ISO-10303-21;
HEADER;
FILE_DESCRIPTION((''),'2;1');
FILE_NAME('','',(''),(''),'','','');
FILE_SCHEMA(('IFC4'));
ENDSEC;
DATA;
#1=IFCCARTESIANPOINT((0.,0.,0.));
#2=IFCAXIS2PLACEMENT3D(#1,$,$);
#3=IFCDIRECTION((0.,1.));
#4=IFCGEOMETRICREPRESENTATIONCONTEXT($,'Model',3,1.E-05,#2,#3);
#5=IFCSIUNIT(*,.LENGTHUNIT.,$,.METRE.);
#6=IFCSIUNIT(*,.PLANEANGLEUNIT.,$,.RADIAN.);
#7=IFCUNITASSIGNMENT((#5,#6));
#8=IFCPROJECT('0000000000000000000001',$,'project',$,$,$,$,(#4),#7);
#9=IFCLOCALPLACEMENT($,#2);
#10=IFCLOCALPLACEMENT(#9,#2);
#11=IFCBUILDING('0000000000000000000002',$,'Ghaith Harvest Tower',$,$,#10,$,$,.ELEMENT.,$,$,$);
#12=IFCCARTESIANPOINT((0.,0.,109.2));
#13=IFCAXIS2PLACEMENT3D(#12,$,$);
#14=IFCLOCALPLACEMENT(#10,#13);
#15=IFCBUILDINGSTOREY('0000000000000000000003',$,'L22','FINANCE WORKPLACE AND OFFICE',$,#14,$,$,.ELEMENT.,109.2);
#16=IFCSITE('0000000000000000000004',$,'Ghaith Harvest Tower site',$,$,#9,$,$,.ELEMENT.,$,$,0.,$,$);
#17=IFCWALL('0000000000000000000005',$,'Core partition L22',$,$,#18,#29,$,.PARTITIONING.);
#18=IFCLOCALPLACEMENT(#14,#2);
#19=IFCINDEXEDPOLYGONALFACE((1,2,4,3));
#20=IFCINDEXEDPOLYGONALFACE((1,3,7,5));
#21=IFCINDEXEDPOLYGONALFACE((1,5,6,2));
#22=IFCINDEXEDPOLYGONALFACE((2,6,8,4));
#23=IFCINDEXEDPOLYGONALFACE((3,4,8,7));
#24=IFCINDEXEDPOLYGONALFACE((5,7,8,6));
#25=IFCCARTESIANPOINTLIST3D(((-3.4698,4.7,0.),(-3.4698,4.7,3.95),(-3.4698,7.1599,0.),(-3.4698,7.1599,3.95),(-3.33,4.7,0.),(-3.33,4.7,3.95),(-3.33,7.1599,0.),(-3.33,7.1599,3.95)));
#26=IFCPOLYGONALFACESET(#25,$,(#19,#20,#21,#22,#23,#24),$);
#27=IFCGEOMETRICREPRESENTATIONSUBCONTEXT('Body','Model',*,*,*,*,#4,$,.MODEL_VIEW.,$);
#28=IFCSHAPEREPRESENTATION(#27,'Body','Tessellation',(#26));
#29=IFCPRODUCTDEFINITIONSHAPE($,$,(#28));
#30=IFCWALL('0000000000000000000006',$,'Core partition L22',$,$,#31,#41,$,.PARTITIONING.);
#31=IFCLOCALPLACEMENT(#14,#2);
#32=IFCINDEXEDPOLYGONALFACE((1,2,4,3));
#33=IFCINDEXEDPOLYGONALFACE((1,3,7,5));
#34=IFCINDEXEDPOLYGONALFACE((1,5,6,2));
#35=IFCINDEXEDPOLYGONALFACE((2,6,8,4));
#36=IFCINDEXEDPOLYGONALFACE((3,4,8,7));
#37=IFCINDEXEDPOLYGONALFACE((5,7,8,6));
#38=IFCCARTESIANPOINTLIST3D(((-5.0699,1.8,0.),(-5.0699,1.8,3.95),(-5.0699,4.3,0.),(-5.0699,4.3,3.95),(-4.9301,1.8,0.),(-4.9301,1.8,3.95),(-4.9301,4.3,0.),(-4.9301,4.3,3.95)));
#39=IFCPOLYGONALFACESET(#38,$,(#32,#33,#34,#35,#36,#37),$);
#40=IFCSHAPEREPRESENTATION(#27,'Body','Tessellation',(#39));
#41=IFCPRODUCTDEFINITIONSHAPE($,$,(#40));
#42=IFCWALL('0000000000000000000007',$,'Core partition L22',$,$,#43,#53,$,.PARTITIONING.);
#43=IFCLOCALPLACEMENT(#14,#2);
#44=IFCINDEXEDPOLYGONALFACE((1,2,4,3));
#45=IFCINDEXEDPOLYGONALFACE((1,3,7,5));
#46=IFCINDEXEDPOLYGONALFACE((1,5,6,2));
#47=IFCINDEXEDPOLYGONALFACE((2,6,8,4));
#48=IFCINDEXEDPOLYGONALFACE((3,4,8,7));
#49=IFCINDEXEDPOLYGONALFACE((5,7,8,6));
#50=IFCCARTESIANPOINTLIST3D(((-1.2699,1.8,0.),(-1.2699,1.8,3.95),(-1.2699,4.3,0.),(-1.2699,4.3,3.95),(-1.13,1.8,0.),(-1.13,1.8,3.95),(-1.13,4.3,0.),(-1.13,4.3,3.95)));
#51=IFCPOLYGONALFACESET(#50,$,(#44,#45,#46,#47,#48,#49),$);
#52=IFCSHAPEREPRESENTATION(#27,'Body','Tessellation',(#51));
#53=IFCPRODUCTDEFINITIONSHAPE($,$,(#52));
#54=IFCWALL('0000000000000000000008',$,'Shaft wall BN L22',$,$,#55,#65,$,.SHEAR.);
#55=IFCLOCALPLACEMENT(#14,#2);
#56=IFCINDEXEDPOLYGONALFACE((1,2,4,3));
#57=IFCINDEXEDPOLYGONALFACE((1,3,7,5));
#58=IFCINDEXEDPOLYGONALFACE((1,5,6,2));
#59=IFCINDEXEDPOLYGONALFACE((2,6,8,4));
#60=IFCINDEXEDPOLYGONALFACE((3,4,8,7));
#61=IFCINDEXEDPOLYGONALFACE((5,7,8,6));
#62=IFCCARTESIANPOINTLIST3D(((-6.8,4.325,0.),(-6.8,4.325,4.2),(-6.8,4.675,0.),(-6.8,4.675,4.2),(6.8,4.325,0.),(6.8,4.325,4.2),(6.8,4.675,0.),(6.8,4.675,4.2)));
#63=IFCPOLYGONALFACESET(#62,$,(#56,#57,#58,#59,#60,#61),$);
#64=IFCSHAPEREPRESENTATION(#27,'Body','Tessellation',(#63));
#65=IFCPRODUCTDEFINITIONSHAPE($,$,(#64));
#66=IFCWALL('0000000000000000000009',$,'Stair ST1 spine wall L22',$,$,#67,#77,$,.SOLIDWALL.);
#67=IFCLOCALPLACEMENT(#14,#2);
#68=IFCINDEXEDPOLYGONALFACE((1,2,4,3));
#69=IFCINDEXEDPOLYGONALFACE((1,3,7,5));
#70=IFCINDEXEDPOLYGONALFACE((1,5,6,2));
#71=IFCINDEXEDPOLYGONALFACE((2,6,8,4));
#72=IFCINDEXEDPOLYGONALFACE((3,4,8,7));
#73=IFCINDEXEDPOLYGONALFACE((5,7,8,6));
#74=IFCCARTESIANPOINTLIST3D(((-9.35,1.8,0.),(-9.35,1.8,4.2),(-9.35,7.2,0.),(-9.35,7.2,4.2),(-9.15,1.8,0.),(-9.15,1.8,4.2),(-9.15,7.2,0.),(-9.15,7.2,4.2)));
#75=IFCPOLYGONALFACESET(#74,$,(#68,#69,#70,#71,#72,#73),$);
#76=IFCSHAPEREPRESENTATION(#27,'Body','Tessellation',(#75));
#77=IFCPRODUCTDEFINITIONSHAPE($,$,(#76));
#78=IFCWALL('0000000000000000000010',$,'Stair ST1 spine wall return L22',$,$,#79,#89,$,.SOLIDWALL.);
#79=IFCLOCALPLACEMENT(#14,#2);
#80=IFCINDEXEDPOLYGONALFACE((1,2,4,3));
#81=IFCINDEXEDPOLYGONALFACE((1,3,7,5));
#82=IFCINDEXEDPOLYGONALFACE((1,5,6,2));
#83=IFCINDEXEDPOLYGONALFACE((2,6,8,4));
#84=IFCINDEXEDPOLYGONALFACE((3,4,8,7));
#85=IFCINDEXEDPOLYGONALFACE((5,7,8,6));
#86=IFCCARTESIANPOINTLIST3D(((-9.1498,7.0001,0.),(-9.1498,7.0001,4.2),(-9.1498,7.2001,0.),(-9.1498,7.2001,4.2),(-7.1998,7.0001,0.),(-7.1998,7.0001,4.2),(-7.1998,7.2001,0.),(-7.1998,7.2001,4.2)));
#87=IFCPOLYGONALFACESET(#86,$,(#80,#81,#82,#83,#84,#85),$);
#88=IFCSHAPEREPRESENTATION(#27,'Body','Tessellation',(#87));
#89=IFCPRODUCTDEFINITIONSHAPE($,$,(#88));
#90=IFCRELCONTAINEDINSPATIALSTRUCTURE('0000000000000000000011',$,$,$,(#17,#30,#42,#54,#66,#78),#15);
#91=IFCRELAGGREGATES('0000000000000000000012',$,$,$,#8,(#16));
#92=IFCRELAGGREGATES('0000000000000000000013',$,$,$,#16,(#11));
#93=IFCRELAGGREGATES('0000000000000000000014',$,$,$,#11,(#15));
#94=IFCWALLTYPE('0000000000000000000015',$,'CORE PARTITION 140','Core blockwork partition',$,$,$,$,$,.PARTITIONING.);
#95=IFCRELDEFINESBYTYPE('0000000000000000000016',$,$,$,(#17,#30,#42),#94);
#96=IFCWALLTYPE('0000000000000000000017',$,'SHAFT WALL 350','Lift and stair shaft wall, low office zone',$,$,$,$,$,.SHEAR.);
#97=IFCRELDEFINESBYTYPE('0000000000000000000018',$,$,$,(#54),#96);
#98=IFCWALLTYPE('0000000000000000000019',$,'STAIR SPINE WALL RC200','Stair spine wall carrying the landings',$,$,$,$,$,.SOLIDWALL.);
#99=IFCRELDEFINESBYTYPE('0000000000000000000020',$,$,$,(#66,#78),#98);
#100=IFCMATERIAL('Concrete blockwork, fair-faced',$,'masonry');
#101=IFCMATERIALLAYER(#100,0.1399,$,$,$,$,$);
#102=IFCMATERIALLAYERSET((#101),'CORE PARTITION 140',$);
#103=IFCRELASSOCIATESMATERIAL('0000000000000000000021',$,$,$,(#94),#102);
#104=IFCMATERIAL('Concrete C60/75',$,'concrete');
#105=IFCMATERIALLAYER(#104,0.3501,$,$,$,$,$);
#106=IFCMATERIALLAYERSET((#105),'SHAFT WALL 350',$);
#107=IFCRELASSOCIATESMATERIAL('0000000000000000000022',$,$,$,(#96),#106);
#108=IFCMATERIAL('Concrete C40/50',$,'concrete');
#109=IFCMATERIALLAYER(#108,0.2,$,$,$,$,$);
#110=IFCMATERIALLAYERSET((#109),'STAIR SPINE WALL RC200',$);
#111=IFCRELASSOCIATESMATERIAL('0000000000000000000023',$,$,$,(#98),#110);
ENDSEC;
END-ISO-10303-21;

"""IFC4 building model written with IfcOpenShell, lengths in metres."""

from ifc_helpers import new_model, si_unit, direction, frame, frame_2d, origin, place, context, subcontext, project, spatial, rectangle, extrude, material, layer, layer_set, type_object, element, save


model = new_model("IFC4")

# Units and contexts
model_context = context("Model", 3, precision=1e-05, world=origin(), true_north=direction((0.0, 1.0)))
body_context = subcontext(model_context, "Body", "Model", "MODEL_VIEW")
ifc_project = project(units=[si_unit("LENGTHUNIT", "METRE"), si_unit("PLANEANGLEUNIT", "RADIAN")], contexts=[model_context])

# Site, building, storey
site_placement = place(None, origin())
site = spatial("IfcSite", under=ifc_project, at=site_placement, Name="Ghaith Harvest Tower site", CompositionType="ELEMENT", RefElevation=0.0)
building_placement = place(site_placement, origin())
building = spatial("IfcBuilding", under=site, at=building_placement, Name="Ghaith Harvest Tower", CompositionType="ELEMENT")
storey_placement = place(building_placement, frame((0.0, 0.0, 109.2)))
storey = spatial("IfcBuildingStorey", under=building, at=storey_placement, Name="L22", Description="FINANCE WORKPLACE AND OFFICE", CompositionType="ELEMENT", Elevation=109.2)

# Shared definitions
ifc_material_1 = material(Name="Concrete blockwork, fair-faced", Category="masonry")
ifc_layer_1 = layer(ifc_material_1, 0.1399)
ifc_layer_set_1 = layer_set([ifc_layer_1], Name="CORE PARTITION 140")
wall_type_1 = type_object("IfcWallType", Name="CORE PARTITION 140", Description="Core blockwork partition", PredefinedType="PARTITIONING", material=ifc_layer_set_1)

# Walls
wall_1_placement = place(storey_placement, frame((-3.3999, 4.7, 0.0), z_axis=(0.0, 0.0, 1.0), x_axis=(0.0, 1.0, 0.0)))
element("IfcWall", 1, at=wall_1_placement, inside=storey, type_object=wall_type_1, Name="Core partition L22", PredefinedType="PARTITIONING", context=body_context, shape_type="SweptSolid", body=[
    extrude(rectangle(XDim=2.46, YDim=0.1399, at=frame_2d((1.23, 0.0))), origin(), (0.0, 0.0, 1.0), 3.95),
])
for number, where, z_axis, x_axis, name in (
    (2, (-5.0, 1.8, 0.0), (0.0, 0.0, 1.0), (0.0, 1.0, 0.0), "Core partition L22"),
    (3, (-1.2, 1.8, 0.0), (0.0, 0.0, 1.0), (0.0, 1.0, 0.0), "Core partition L22"),
):
    element("IfcWall", number, at=place(storey_placement, frame(where, z_axis=z_axis, x_axis=x_axis)), inside=storey, type_object=wall_type_1, Name=name, PredefinedType="PARTITIONING", context=body_context, shape_type="SweptSolid", body=[
        extrude(rectangle(XDim=2.5, YDim=0.1399, at=frame_2d((1.25, 0.0))), origin(), (0.0, 0.0, 1.0), 3.95),
    ])

# Shared definitions
ifc_material_2 = material(Name="Concrete C60/75", Category="concrete")
ifc_layer_2 = layer(ifc_material_2, 0.3501)
ifc_layer_set_2 = layer_set([ifc_layer_2], Name="SHAFT WALL 350")
wall_type_2 = type_object("IfcWallType", Name="SHAFT WALL 350", Description="Lift and stair shaft wall, low office zone", PredefinedType="SHEAR", material=ifc_layer_set_2)

# Walls
wall_2_placement = place(storey_placement, frame((-6.8, 4.5, 0.0), z_axis=(0.0, 0.0, 1.0), x_axis=(1.0, 0.0, 0.0)))
element("IfcWall", 4, at=wall_2_placement, inside=storey, type_object=wall_type_2, Name="Shaft wall BN L22", PredefinedType="SHEAR", context=body_context, shape_type="SweptSolid", body=[
    extrude(rectangle(XDim=13.6001, YDim=0.3501, at=frame_2d((6.8, 0.0))), origin(), (0.0, 0.0, 1.0), 4.2),
])
ifc_material_3 = material(Name="Concrete C40/50", Category="concrete")
ifc_layer_3 = layer(ifc_material_3, 0.2)
ifc_layer_set_3 = layer_set([ifc_layer_3], Name="STAIR SPINE WALL RC200")
wall_type_3 = type_object("IfcWallType", Name="STAIR SPINE WALL RC200", Description="Stair spine wall carrying the landings", PredefinedType="SOLIDWALL", material=ifc_layer_set_3)
wall_3_placement = place(storey_placement, frame((-9.25, 7.2, 0.0), z_axis=(0.0, 0.0, 1.0), x_axis=(0.0, -1.0, 0.0)))
element("IfcWall", 5, at=wall_3_placement, inside=storey, type_object=wall_type_3, Name="Stair ST1 spine wall L22", PredefinedType="SOLIDWALL", context=body_context, shape_type="SweptSolid", body=[
    extrude(rectangle(XDim=5.3999, YDim=0.2, at=frame_2d((2.7, 0.0))), origin(), (0.0, 0.0, 1.0), 4.2),
])
wall_4_placement = place(storey_placement, frame((-9.1499, 7.1001, 0.0), z_axis=(0.0, 0.0, 1.0), x_axis=(1.0, 0.0, 0.0)))
element("IfcWall", 6, at=wall_4_placement, inside=storey, type_object=wall_type_3, Name="Stair ST1 spine wall return L22", PredefinedType="SOLIDWALL", context=body_context, shape_type="SweptSolid", body=[
    extrude(rectangle(XDim=1.95, YDim=0.2, at=frame_2d((0.9751, 0.0))), origin(), (0.0, 0.0, 1.0), 4.2),
])

save(model, "model.ifc")
